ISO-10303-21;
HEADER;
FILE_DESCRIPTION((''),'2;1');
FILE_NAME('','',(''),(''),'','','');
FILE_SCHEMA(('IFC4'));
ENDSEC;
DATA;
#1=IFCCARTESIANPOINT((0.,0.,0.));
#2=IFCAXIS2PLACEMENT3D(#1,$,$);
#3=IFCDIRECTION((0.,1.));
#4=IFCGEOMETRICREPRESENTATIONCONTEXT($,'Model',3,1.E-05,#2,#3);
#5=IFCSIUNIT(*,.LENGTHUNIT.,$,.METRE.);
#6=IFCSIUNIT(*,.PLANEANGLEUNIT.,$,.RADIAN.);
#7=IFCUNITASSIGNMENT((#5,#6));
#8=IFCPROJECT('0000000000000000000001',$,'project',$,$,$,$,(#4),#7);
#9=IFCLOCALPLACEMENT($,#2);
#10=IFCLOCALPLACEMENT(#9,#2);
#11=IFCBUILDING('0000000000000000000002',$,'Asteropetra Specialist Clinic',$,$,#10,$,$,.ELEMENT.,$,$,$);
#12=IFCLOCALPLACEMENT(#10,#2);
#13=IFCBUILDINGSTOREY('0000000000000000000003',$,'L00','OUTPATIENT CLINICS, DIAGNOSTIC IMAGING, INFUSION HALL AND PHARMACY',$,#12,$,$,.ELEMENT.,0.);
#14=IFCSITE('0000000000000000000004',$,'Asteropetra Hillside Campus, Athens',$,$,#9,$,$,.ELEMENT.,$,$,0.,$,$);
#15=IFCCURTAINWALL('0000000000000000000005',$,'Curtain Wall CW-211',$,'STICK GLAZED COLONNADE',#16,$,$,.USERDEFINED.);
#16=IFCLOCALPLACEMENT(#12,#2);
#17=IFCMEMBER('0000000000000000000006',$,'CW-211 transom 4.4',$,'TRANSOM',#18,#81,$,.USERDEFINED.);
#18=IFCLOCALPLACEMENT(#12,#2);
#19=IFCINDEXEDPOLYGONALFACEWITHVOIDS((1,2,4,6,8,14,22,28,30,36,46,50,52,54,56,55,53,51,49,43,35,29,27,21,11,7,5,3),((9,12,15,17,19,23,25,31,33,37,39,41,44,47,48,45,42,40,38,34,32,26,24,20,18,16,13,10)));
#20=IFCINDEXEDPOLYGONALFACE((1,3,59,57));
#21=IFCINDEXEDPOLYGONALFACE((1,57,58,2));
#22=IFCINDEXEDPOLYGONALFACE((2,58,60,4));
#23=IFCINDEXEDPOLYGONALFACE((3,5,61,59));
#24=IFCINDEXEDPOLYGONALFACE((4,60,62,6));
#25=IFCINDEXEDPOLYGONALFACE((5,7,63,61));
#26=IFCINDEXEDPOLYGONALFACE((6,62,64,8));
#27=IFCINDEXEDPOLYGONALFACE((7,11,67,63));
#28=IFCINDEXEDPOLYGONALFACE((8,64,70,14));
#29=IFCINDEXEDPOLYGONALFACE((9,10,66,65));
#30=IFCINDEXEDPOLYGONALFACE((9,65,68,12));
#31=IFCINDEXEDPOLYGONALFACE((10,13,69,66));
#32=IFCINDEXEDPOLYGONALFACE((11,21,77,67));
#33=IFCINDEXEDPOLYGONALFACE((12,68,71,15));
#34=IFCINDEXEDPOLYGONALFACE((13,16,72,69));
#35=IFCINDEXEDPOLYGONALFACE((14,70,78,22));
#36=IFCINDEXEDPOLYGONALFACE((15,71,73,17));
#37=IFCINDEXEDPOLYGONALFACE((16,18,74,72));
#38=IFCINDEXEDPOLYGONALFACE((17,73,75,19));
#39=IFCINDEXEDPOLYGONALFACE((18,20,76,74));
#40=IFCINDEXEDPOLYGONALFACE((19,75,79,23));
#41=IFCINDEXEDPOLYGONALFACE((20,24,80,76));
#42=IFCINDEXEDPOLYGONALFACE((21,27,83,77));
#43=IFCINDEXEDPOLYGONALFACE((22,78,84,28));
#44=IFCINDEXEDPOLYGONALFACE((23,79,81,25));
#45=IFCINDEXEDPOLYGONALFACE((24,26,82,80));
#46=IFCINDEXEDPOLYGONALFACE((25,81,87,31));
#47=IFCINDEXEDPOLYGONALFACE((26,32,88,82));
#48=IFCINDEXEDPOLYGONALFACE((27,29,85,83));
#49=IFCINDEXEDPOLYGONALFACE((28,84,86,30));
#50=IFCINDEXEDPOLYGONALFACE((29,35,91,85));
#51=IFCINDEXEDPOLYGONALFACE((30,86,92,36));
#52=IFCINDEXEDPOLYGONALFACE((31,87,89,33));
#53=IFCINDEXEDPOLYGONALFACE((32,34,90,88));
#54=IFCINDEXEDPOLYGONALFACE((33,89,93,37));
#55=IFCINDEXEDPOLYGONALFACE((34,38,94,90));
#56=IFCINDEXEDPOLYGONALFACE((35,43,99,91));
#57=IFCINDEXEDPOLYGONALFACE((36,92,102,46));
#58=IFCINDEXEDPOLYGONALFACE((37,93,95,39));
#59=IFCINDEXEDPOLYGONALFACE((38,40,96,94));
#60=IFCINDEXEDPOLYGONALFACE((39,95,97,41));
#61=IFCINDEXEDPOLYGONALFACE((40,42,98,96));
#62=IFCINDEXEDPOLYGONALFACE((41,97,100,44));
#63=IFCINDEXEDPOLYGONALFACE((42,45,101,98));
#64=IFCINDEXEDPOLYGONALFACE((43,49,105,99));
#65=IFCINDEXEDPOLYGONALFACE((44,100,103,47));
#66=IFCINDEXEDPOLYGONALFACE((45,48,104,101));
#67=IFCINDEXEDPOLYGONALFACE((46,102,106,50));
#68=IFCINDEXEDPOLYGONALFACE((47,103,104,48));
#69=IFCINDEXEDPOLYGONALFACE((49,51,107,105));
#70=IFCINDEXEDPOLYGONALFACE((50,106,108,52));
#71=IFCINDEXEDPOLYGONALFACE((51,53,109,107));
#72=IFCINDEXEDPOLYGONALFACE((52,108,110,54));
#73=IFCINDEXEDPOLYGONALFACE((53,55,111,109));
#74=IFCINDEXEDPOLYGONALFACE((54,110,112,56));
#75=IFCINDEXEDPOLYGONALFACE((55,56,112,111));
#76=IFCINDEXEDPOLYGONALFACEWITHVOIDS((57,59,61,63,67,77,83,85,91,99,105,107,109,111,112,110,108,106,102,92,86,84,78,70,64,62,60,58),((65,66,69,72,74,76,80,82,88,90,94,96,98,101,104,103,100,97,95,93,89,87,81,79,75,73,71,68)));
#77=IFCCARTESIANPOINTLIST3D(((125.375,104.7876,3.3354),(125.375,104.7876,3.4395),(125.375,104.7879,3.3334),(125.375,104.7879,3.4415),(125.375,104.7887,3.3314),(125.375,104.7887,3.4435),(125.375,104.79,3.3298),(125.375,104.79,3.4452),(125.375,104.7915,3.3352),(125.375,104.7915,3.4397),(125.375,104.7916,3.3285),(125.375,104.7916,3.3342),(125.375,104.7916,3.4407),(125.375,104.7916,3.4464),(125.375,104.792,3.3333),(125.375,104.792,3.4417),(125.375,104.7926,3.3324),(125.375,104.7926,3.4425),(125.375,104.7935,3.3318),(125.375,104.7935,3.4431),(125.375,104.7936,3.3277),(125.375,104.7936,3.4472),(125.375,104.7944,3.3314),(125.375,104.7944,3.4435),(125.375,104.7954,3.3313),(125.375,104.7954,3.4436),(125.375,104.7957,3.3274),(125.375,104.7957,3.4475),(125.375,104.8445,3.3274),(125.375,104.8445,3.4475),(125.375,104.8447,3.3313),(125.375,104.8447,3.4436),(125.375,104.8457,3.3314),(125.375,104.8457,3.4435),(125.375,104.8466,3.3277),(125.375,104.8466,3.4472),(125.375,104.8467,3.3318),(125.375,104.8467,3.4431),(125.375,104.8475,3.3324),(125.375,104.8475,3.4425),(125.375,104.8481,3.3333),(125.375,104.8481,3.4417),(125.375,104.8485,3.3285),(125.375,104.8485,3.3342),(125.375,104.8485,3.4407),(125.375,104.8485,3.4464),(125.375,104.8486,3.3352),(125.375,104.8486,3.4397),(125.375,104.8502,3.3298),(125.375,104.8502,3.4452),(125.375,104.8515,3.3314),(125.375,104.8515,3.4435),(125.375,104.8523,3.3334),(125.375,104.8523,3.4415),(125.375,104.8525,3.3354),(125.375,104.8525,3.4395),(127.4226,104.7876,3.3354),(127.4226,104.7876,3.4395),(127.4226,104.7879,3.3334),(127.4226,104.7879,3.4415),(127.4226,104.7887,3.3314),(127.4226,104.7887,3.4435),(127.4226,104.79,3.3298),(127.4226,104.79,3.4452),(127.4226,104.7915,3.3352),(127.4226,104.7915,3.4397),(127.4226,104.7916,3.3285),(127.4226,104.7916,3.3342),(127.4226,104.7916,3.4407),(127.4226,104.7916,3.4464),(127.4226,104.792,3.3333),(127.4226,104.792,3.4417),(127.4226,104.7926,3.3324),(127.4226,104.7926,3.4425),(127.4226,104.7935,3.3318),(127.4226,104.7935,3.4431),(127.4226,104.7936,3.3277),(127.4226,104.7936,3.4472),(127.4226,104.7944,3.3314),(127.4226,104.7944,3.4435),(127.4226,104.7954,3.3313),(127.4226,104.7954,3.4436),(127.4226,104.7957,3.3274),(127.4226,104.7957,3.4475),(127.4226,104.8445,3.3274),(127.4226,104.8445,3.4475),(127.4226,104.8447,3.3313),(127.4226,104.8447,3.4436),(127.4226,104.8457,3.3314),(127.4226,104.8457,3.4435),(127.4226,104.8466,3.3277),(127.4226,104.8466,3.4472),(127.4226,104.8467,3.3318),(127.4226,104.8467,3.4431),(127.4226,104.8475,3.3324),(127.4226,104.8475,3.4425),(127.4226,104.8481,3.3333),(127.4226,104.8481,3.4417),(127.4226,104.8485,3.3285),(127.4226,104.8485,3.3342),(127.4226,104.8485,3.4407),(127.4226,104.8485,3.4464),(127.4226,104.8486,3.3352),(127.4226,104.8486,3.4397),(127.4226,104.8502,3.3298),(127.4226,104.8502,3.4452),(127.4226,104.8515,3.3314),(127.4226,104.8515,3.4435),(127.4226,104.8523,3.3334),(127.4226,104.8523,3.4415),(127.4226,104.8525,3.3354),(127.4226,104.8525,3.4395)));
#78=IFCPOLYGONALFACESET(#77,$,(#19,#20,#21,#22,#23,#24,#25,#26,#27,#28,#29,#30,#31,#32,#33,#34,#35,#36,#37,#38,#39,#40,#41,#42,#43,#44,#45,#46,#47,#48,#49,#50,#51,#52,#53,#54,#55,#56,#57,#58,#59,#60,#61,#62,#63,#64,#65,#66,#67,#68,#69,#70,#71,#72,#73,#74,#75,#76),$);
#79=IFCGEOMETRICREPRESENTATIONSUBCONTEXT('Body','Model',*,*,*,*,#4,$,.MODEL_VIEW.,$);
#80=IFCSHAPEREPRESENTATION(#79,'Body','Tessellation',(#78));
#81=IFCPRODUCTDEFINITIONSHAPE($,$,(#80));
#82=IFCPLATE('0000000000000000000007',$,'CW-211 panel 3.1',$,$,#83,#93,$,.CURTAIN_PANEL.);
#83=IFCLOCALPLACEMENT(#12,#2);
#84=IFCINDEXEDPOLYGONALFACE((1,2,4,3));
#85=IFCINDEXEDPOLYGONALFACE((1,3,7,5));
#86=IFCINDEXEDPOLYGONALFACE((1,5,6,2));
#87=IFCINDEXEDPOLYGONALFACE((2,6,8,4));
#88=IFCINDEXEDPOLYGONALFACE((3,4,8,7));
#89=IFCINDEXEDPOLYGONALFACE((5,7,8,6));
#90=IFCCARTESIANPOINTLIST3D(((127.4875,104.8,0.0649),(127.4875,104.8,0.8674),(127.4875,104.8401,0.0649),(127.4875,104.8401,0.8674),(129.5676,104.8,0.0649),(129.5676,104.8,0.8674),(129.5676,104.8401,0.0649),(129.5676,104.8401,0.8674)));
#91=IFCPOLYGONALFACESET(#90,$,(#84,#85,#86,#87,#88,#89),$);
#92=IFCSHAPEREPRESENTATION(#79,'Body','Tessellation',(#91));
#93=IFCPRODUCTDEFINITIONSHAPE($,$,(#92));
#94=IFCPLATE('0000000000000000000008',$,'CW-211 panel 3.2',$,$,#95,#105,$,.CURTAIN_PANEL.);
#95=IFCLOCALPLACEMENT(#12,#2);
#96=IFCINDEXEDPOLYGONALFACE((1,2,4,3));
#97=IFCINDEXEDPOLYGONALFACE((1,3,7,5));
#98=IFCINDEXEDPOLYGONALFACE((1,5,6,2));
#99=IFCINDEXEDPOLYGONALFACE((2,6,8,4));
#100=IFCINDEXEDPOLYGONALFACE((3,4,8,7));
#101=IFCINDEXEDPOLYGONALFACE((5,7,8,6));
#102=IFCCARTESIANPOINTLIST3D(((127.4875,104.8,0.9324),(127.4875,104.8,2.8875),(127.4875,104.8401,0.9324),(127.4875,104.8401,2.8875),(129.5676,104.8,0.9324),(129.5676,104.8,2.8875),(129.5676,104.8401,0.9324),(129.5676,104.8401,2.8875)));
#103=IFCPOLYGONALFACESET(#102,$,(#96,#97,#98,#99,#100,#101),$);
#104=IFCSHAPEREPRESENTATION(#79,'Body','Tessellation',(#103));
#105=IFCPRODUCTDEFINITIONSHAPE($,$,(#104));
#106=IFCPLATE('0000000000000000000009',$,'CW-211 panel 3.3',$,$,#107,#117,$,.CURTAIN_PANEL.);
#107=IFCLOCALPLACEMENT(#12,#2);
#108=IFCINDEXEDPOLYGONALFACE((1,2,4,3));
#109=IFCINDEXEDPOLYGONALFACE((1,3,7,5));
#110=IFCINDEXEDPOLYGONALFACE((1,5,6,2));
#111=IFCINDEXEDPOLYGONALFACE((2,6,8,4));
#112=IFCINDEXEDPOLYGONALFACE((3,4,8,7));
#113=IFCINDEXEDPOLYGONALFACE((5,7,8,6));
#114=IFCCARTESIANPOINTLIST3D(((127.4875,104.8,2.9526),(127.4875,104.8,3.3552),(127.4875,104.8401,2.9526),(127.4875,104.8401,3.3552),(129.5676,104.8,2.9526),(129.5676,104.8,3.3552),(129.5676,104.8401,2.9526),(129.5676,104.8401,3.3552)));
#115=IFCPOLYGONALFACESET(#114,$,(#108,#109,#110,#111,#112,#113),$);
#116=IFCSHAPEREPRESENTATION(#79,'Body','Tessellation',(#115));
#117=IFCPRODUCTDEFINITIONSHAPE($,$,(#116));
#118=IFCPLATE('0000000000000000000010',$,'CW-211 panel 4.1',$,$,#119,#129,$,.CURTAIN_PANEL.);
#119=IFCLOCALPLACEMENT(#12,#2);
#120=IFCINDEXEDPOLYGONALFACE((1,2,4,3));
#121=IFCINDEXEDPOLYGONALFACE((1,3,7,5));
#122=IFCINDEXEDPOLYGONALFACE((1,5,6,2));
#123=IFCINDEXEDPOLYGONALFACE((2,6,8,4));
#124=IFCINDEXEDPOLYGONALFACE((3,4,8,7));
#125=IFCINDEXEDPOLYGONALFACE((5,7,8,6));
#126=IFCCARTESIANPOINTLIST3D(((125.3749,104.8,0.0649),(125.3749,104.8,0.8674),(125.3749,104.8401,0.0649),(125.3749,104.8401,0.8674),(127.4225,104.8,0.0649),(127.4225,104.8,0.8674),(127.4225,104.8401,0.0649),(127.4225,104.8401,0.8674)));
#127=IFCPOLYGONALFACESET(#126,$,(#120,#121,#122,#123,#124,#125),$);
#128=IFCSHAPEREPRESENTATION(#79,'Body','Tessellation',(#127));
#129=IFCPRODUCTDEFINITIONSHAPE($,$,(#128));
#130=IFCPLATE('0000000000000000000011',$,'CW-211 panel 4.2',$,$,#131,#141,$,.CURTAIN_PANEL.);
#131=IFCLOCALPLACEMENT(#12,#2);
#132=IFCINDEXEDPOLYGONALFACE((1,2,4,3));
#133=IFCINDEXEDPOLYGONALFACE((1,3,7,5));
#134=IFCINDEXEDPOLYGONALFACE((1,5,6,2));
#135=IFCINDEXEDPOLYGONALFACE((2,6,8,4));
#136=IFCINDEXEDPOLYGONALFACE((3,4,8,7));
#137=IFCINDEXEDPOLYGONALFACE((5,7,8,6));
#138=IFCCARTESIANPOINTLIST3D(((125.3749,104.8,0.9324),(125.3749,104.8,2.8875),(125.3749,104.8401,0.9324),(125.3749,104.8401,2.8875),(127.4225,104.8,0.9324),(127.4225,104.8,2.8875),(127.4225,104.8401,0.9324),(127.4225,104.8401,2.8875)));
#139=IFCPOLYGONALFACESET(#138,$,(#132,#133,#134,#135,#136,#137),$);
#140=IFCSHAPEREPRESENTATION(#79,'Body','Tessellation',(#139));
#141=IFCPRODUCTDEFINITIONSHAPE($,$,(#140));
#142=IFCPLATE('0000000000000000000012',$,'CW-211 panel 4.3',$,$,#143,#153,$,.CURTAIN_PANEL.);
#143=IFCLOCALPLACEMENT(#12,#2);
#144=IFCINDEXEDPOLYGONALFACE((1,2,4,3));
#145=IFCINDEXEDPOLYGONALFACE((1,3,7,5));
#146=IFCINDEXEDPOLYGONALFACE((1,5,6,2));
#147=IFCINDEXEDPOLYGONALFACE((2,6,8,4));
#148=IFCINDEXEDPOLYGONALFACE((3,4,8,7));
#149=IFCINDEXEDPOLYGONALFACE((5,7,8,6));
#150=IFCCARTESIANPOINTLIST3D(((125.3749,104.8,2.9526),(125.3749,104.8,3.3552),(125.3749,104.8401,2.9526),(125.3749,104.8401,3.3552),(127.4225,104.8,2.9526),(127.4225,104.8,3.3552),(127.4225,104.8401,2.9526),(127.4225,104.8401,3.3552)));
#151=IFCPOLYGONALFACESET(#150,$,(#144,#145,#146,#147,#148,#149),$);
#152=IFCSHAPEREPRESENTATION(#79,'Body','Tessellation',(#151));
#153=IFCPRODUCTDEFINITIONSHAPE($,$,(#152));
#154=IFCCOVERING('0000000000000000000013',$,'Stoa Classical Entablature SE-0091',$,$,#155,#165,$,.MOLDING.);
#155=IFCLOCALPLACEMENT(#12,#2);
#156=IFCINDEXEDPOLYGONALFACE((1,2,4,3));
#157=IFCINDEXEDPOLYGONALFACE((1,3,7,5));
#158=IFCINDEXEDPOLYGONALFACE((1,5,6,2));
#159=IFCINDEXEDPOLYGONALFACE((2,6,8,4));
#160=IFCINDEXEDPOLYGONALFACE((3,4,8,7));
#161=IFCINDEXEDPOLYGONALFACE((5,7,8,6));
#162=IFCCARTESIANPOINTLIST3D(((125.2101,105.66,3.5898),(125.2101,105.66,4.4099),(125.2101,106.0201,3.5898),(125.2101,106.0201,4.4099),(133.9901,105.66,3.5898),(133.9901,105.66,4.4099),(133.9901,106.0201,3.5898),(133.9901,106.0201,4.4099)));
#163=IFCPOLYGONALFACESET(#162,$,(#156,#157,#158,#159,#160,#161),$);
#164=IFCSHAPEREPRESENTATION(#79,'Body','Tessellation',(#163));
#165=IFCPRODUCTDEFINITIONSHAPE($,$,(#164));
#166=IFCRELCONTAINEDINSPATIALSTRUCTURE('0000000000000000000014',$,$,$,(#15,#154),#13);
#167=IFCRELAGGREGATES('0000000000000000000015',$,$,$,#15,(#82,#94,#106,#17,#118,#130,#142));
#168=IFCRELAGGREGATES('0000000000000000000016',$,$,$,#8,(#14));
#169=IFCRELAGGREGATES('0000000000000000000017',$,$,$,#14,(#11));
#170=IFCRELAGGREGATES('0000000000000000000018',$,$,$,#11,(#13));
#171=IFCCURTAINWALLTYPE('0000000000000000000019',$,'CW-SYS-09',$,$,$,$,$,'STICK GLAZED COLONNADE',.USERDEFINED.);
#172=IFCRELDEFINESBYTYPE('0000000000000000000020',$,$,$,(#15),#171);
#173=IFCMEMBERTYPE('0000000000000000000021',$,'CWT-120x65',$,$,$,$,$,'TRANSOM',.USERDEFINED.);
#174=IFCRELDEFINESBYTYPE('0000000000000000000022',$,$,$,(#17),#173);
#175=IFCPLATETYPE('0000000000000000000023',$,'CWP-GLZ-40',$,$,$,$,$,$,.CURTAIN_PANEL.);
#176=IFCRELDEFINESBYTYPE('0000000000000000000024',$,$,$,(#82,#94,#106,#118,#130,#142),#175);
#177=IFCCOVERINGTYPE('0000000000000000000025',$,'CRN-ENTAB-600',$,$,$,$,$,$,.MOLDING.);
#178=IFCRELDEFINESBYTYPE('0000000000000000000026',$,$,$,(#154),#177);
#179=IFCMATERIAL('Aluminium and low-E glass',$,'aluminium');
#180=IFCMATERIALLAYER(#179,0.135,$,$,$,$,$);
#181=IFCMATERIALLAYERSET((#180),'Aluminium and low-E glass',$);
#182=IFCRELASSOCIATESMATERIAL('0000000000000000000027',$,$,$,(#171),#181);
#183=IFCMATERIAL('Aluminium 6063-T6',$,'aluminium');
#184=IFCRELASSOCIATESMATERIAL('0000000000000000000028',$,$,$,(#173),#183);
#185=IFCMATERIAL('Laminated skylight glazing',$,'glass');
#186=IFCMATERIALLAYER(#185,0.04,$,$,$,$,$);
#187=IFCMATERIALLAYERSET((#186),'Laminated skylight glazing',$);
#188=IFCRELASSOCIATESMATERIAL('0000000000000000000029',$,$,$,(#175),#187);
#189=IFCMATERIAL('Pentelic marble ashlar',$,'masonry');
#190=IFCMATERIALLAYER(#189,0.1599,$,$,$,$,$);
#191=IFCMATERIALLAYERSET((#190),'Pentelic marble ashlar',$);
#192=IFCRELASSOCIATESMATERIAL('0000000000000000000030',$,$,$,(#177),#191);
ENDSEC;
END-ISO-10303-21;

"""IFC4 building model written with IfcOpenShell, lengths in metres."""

from ifc_helpers import new_model, si_unit, direction, frame, origin, origin_2d, place, context, subcontext, project, spatial, rectangle, hollow_rectangle, extrude, material, layer, layer_set, material_profile, profile_set, type_object, element, aggregate, save


model = new_model("IFC4")

# Units and contexts
model_context = context("Model", 3, precision=1e-05, world=origin(), true_north=direction((0.0, 1.0)))
body_context = subcontext(model_context, "Body", "Model", "MODEL_VIEW")
ifc_project = project(units=[si_unit("LENGTHUNIT", "METRE"), si_unit("PLANEANGLEUNIT", "RADIAN")], contexts=[model_context])

# Site, building, storey
site_placement = place(None, origin())
site = spatial("IfcSite", under=ifc_project, at=site_placement, Name="Asteropetra Hillside Campus, Athens", CompositionType="ELEMENT", RefElevation=0.0)
building_placement = place(site_placement, origin())
building = spatial("IfcBuilding", under=site, at=building_placement, Name="Asteropetra Specialist Clinic", CompositionType="ELEMENT")
storey_placement = place(building_placement, origin())
storey = spatial("IfcBuildingStorey", under=building, at=storey_placement, Name="L00", Description="OUTPATIENT CLINICS, DIAGNOSTIC IMAGING, INFUSION HALL AND PHARMACY", CompositionType="ELEMENT", Elevation=0.0)

# Curtain wall, member, plates
ifc_material_1 = material(Name="Aluminium and low-E glass", Category="aluminium")
ifc_layer_1 = layer(ifc_material_1, 0.135)
ifc_layer_set_1 = layer_set([ifc_layer_1], Name="Aluminium and low-E glass")
curtain_wall_type = type_object("IfcCurtainWallType", Name="CW-SYS-09", ElementType="STICK GLAZED COLONNADE", PredefinedType="USERDEFINED", material=ifc_layer_set_1)
curtain_wall_placement = place(storey_placement, origin())
curtain_wall = element("IfcCurtainWall", 1, at=curtain_wall_placement, inside=storey, type_object=curtain_wall_type, Name="Curtain Wall CW-211", ObjectType="STICK GLAZED COLONNADE", PredefinedType="USERDEFINED")
ifc_material_2 = material(Name="Aluminium 6063-T6", Category="aluminium")
ifc_material_profile_1 = material_profile(ifc_material_2, hollow_rectangle(XDim=0.0649, YDim=0.1201, WallThickness=0.0039, InnerFilletRadius=0.0039, OuterFilletRadius=0.0081, at=origin_2d()), Name="TRN 120x65x4.0")
ifc_profile_set_1 = profile_set([ifc_material_profile_1], Name="Aluminium 6063-T6")
member_type_1 = type_object("IfcMemberType", Name="CWT-120x65", ElementType="TRANSOM", PredefinedType="USERDEFINED", material=ifc_profile_set_1)
member_1_placement = place(storey_placement, frame((127.4226, 104.8201, 3.3875), z_axis=(-1.0, 0.0, 0.0), x_axis=(0.0, -1.0, 0.0)))
member_1 = element("IfcMember", 2, at=member_1_placement, type_object=member_type_1, Name="CW-211 transom 4.4", ObjectType="TRANSOM", PredefinedType="USERDEFINED", context=body_context, shape_type="SweptSolid", body=[
    extrude(hollow_rectangle(XDim=0.0649, YDim=0.1201, WallThickness=0.0039, InnerFilletRadius=0.0039, OuterFilletRadius=0.0081, at=origin_2d()), origin(), (0.0, 0.0, 1.0), 2.0476),
])
ifc_material_3 = material(Name="Laminated skylight glazing", Category="glass")
ifc_layer_2 = layer(ifc_material_3, 0.04)
ifc_layer_set_2 = layer_set([ifc_layer_2], Name="Laminated skylight glazing")
plate_type = type_object("IfcPlateType", Name="CWP-GLZ-40", PredefinedType="CURTAIN_PANEL", material=ifc_layer_set_2)
plate_1_placement = place(storey_placement, frame((128.5276, 104.8201, 0.0649), z_axis=(0.0, 0.0, 1.0), x_axis=(-1.0, 0.0, 0.0)))
plate_1 = element("IfcPlate", 3, at=plate_1_placement, type_object=plate_type, Name="CW-211 panel 3.1", PredefinedType="CURTAIN_PANEL", context=body_context, shape_type="SweptSolid", body=[
    extrude(rectangle(XDim=2.0801, YDim=0.04, at=origin_2d()), origin(), (0.0, 0.0, 1.0), 0.8025),
])
plate_2_placement = place(storey_placement, frame((128.5276, 104.8201, 0.9324), z_axis=(0.0, 0.0, 1.0), x_axis=(-1.0, 0.0, 0.0)))
plate_2 = element("IfcPlate", 4, at=plate_2_placement, type_object=plate_type, Name="CW-211 panel 3.2", PredefinedType="CURTAIN_PANEL", context=body_context, shape_type="SweptSolid", body=[
    extrude(rectangle(XDim=2.0801, YDim=0.04, at=origin_2d()), origin(), (0.0, 0.0, 1.0), 1.9551),
])
plate_3_placement = place(storey_placement, frame((128.5276, 104.8201, 2.9526), z_axis=(0.0, 0.0, 1.0), x_axis=(-1.0, 0.0, 0.0)))
plate_3 = element("IfcPlate", 5, at=plate_3_placement, type_object=plate_type, Name="CW-211 panel 3.3", PredefinedType="CURTAIN_PANEL", context=body_context, shape_type="SweptSolid", body=[
    extrude(rectangle(XDim=2.0801, YDim=0.04, at=origin_2d()), origin(), (0.0, 0.0, 1.0), 0.4026),
])
plate_4_placement = place(storey_placement, frame((126.3987, 104.8201, 0.0649), z_axis=(0.0, 0.0, 1.0), x_axis=(-1.0, 0.0, 0.0)))
plate_4 = element("IfcPlate", 6, at=plate_4_placement, type_object=plate_type, Name="CW-211 panel 4.1", PredefinedType="CURTAIN_PANEL", context=body_context, shape_type="SweptSolid", body=[
    extrude(rectangle(XDim=2.0476, YDim=0.04, at=origin_2d()), origin(), (0.0, 0.0, 1.0), 0.8025),
])
plate_5_placement = place(storey_placement, frame((126.3987, 104.8201, 0.9324), z_axis=(0.0, 0.0, 1.0), x_axis=(-1.0, 0.0, 0.0)))
plate_5 = element("IfcPlate", 7, at=plate_5_placement, type_object=plate_type, Name="CW-211 panel 4.2", PredefinedType="CURTAIN_PANEL", context=body_context, shape_type="SweptSolid", body=[
    extrude(rectangle(XDim=2.0476, YDim=0.04, at=origin_2d()), origin(), (0.0, 0.0, 1.0), 1.9551),
])
plate_6_placement = place(storey_placement, frame((126.3987, 104.8201, 2.9526), z_axis=(0.0, 0.0, 1.0), x_axis=(-1.0, 0.0, 0.0)))
plate_6 = element("IfcPlate", 8, at=plate_6_placement, type_object=plate_type, Name="CW-211 panel 4.3", PredefinedType="CURTAIN_PANEL", context=body_context, shape_type="SweptSolid", body=[
    extrude(rectangle(XDim=2.0476, YDim=0.04, at=origin_2d()), origin(), (0.0, 0.0, 1.0), 0.4026),
])
aggregate(curtain_wall, [plate_1, plate_2, plate_3, member_1, plate_4, plate_5, plate_6])

# Covering
ifc_material_4 = material(Name="Pentelic marble ashlar", Category="masonry")
ifc_layer_3 = layer(ifc_material_4, 0.1599)
ifc_layer_set_3 = layer_set([ifc_layer_3], Name="Pentelic marble ashlar")
covering_type = type_object("IfcCoveringType", Name="CRN-ENTAB-600", PredefinedType="MOLDING", material=ifc_layer_set_3)
covering_placement = place(storey_placement, frame((129.6001, 105.8401, 3.5898), z_axis=(0.0, 0.0, 1.0), x_axis=(1.0, 0.0, 0.0)))
element("IfcCovering", 9, at=covering_placement, inside=storey, type_object=covering_type, Name="Stoa Classical Entablature SE-0091", PredefinedType="MOLDING", context=body_context, shape_type="SweptSolid", body=[
    extrude(rectangle(XDim=8.78, YDim=0.3601, at=origin_2d()), origin(), (0.0, 0.0, 1.0), 0.8201),
])

save(model, "model.ifc")
